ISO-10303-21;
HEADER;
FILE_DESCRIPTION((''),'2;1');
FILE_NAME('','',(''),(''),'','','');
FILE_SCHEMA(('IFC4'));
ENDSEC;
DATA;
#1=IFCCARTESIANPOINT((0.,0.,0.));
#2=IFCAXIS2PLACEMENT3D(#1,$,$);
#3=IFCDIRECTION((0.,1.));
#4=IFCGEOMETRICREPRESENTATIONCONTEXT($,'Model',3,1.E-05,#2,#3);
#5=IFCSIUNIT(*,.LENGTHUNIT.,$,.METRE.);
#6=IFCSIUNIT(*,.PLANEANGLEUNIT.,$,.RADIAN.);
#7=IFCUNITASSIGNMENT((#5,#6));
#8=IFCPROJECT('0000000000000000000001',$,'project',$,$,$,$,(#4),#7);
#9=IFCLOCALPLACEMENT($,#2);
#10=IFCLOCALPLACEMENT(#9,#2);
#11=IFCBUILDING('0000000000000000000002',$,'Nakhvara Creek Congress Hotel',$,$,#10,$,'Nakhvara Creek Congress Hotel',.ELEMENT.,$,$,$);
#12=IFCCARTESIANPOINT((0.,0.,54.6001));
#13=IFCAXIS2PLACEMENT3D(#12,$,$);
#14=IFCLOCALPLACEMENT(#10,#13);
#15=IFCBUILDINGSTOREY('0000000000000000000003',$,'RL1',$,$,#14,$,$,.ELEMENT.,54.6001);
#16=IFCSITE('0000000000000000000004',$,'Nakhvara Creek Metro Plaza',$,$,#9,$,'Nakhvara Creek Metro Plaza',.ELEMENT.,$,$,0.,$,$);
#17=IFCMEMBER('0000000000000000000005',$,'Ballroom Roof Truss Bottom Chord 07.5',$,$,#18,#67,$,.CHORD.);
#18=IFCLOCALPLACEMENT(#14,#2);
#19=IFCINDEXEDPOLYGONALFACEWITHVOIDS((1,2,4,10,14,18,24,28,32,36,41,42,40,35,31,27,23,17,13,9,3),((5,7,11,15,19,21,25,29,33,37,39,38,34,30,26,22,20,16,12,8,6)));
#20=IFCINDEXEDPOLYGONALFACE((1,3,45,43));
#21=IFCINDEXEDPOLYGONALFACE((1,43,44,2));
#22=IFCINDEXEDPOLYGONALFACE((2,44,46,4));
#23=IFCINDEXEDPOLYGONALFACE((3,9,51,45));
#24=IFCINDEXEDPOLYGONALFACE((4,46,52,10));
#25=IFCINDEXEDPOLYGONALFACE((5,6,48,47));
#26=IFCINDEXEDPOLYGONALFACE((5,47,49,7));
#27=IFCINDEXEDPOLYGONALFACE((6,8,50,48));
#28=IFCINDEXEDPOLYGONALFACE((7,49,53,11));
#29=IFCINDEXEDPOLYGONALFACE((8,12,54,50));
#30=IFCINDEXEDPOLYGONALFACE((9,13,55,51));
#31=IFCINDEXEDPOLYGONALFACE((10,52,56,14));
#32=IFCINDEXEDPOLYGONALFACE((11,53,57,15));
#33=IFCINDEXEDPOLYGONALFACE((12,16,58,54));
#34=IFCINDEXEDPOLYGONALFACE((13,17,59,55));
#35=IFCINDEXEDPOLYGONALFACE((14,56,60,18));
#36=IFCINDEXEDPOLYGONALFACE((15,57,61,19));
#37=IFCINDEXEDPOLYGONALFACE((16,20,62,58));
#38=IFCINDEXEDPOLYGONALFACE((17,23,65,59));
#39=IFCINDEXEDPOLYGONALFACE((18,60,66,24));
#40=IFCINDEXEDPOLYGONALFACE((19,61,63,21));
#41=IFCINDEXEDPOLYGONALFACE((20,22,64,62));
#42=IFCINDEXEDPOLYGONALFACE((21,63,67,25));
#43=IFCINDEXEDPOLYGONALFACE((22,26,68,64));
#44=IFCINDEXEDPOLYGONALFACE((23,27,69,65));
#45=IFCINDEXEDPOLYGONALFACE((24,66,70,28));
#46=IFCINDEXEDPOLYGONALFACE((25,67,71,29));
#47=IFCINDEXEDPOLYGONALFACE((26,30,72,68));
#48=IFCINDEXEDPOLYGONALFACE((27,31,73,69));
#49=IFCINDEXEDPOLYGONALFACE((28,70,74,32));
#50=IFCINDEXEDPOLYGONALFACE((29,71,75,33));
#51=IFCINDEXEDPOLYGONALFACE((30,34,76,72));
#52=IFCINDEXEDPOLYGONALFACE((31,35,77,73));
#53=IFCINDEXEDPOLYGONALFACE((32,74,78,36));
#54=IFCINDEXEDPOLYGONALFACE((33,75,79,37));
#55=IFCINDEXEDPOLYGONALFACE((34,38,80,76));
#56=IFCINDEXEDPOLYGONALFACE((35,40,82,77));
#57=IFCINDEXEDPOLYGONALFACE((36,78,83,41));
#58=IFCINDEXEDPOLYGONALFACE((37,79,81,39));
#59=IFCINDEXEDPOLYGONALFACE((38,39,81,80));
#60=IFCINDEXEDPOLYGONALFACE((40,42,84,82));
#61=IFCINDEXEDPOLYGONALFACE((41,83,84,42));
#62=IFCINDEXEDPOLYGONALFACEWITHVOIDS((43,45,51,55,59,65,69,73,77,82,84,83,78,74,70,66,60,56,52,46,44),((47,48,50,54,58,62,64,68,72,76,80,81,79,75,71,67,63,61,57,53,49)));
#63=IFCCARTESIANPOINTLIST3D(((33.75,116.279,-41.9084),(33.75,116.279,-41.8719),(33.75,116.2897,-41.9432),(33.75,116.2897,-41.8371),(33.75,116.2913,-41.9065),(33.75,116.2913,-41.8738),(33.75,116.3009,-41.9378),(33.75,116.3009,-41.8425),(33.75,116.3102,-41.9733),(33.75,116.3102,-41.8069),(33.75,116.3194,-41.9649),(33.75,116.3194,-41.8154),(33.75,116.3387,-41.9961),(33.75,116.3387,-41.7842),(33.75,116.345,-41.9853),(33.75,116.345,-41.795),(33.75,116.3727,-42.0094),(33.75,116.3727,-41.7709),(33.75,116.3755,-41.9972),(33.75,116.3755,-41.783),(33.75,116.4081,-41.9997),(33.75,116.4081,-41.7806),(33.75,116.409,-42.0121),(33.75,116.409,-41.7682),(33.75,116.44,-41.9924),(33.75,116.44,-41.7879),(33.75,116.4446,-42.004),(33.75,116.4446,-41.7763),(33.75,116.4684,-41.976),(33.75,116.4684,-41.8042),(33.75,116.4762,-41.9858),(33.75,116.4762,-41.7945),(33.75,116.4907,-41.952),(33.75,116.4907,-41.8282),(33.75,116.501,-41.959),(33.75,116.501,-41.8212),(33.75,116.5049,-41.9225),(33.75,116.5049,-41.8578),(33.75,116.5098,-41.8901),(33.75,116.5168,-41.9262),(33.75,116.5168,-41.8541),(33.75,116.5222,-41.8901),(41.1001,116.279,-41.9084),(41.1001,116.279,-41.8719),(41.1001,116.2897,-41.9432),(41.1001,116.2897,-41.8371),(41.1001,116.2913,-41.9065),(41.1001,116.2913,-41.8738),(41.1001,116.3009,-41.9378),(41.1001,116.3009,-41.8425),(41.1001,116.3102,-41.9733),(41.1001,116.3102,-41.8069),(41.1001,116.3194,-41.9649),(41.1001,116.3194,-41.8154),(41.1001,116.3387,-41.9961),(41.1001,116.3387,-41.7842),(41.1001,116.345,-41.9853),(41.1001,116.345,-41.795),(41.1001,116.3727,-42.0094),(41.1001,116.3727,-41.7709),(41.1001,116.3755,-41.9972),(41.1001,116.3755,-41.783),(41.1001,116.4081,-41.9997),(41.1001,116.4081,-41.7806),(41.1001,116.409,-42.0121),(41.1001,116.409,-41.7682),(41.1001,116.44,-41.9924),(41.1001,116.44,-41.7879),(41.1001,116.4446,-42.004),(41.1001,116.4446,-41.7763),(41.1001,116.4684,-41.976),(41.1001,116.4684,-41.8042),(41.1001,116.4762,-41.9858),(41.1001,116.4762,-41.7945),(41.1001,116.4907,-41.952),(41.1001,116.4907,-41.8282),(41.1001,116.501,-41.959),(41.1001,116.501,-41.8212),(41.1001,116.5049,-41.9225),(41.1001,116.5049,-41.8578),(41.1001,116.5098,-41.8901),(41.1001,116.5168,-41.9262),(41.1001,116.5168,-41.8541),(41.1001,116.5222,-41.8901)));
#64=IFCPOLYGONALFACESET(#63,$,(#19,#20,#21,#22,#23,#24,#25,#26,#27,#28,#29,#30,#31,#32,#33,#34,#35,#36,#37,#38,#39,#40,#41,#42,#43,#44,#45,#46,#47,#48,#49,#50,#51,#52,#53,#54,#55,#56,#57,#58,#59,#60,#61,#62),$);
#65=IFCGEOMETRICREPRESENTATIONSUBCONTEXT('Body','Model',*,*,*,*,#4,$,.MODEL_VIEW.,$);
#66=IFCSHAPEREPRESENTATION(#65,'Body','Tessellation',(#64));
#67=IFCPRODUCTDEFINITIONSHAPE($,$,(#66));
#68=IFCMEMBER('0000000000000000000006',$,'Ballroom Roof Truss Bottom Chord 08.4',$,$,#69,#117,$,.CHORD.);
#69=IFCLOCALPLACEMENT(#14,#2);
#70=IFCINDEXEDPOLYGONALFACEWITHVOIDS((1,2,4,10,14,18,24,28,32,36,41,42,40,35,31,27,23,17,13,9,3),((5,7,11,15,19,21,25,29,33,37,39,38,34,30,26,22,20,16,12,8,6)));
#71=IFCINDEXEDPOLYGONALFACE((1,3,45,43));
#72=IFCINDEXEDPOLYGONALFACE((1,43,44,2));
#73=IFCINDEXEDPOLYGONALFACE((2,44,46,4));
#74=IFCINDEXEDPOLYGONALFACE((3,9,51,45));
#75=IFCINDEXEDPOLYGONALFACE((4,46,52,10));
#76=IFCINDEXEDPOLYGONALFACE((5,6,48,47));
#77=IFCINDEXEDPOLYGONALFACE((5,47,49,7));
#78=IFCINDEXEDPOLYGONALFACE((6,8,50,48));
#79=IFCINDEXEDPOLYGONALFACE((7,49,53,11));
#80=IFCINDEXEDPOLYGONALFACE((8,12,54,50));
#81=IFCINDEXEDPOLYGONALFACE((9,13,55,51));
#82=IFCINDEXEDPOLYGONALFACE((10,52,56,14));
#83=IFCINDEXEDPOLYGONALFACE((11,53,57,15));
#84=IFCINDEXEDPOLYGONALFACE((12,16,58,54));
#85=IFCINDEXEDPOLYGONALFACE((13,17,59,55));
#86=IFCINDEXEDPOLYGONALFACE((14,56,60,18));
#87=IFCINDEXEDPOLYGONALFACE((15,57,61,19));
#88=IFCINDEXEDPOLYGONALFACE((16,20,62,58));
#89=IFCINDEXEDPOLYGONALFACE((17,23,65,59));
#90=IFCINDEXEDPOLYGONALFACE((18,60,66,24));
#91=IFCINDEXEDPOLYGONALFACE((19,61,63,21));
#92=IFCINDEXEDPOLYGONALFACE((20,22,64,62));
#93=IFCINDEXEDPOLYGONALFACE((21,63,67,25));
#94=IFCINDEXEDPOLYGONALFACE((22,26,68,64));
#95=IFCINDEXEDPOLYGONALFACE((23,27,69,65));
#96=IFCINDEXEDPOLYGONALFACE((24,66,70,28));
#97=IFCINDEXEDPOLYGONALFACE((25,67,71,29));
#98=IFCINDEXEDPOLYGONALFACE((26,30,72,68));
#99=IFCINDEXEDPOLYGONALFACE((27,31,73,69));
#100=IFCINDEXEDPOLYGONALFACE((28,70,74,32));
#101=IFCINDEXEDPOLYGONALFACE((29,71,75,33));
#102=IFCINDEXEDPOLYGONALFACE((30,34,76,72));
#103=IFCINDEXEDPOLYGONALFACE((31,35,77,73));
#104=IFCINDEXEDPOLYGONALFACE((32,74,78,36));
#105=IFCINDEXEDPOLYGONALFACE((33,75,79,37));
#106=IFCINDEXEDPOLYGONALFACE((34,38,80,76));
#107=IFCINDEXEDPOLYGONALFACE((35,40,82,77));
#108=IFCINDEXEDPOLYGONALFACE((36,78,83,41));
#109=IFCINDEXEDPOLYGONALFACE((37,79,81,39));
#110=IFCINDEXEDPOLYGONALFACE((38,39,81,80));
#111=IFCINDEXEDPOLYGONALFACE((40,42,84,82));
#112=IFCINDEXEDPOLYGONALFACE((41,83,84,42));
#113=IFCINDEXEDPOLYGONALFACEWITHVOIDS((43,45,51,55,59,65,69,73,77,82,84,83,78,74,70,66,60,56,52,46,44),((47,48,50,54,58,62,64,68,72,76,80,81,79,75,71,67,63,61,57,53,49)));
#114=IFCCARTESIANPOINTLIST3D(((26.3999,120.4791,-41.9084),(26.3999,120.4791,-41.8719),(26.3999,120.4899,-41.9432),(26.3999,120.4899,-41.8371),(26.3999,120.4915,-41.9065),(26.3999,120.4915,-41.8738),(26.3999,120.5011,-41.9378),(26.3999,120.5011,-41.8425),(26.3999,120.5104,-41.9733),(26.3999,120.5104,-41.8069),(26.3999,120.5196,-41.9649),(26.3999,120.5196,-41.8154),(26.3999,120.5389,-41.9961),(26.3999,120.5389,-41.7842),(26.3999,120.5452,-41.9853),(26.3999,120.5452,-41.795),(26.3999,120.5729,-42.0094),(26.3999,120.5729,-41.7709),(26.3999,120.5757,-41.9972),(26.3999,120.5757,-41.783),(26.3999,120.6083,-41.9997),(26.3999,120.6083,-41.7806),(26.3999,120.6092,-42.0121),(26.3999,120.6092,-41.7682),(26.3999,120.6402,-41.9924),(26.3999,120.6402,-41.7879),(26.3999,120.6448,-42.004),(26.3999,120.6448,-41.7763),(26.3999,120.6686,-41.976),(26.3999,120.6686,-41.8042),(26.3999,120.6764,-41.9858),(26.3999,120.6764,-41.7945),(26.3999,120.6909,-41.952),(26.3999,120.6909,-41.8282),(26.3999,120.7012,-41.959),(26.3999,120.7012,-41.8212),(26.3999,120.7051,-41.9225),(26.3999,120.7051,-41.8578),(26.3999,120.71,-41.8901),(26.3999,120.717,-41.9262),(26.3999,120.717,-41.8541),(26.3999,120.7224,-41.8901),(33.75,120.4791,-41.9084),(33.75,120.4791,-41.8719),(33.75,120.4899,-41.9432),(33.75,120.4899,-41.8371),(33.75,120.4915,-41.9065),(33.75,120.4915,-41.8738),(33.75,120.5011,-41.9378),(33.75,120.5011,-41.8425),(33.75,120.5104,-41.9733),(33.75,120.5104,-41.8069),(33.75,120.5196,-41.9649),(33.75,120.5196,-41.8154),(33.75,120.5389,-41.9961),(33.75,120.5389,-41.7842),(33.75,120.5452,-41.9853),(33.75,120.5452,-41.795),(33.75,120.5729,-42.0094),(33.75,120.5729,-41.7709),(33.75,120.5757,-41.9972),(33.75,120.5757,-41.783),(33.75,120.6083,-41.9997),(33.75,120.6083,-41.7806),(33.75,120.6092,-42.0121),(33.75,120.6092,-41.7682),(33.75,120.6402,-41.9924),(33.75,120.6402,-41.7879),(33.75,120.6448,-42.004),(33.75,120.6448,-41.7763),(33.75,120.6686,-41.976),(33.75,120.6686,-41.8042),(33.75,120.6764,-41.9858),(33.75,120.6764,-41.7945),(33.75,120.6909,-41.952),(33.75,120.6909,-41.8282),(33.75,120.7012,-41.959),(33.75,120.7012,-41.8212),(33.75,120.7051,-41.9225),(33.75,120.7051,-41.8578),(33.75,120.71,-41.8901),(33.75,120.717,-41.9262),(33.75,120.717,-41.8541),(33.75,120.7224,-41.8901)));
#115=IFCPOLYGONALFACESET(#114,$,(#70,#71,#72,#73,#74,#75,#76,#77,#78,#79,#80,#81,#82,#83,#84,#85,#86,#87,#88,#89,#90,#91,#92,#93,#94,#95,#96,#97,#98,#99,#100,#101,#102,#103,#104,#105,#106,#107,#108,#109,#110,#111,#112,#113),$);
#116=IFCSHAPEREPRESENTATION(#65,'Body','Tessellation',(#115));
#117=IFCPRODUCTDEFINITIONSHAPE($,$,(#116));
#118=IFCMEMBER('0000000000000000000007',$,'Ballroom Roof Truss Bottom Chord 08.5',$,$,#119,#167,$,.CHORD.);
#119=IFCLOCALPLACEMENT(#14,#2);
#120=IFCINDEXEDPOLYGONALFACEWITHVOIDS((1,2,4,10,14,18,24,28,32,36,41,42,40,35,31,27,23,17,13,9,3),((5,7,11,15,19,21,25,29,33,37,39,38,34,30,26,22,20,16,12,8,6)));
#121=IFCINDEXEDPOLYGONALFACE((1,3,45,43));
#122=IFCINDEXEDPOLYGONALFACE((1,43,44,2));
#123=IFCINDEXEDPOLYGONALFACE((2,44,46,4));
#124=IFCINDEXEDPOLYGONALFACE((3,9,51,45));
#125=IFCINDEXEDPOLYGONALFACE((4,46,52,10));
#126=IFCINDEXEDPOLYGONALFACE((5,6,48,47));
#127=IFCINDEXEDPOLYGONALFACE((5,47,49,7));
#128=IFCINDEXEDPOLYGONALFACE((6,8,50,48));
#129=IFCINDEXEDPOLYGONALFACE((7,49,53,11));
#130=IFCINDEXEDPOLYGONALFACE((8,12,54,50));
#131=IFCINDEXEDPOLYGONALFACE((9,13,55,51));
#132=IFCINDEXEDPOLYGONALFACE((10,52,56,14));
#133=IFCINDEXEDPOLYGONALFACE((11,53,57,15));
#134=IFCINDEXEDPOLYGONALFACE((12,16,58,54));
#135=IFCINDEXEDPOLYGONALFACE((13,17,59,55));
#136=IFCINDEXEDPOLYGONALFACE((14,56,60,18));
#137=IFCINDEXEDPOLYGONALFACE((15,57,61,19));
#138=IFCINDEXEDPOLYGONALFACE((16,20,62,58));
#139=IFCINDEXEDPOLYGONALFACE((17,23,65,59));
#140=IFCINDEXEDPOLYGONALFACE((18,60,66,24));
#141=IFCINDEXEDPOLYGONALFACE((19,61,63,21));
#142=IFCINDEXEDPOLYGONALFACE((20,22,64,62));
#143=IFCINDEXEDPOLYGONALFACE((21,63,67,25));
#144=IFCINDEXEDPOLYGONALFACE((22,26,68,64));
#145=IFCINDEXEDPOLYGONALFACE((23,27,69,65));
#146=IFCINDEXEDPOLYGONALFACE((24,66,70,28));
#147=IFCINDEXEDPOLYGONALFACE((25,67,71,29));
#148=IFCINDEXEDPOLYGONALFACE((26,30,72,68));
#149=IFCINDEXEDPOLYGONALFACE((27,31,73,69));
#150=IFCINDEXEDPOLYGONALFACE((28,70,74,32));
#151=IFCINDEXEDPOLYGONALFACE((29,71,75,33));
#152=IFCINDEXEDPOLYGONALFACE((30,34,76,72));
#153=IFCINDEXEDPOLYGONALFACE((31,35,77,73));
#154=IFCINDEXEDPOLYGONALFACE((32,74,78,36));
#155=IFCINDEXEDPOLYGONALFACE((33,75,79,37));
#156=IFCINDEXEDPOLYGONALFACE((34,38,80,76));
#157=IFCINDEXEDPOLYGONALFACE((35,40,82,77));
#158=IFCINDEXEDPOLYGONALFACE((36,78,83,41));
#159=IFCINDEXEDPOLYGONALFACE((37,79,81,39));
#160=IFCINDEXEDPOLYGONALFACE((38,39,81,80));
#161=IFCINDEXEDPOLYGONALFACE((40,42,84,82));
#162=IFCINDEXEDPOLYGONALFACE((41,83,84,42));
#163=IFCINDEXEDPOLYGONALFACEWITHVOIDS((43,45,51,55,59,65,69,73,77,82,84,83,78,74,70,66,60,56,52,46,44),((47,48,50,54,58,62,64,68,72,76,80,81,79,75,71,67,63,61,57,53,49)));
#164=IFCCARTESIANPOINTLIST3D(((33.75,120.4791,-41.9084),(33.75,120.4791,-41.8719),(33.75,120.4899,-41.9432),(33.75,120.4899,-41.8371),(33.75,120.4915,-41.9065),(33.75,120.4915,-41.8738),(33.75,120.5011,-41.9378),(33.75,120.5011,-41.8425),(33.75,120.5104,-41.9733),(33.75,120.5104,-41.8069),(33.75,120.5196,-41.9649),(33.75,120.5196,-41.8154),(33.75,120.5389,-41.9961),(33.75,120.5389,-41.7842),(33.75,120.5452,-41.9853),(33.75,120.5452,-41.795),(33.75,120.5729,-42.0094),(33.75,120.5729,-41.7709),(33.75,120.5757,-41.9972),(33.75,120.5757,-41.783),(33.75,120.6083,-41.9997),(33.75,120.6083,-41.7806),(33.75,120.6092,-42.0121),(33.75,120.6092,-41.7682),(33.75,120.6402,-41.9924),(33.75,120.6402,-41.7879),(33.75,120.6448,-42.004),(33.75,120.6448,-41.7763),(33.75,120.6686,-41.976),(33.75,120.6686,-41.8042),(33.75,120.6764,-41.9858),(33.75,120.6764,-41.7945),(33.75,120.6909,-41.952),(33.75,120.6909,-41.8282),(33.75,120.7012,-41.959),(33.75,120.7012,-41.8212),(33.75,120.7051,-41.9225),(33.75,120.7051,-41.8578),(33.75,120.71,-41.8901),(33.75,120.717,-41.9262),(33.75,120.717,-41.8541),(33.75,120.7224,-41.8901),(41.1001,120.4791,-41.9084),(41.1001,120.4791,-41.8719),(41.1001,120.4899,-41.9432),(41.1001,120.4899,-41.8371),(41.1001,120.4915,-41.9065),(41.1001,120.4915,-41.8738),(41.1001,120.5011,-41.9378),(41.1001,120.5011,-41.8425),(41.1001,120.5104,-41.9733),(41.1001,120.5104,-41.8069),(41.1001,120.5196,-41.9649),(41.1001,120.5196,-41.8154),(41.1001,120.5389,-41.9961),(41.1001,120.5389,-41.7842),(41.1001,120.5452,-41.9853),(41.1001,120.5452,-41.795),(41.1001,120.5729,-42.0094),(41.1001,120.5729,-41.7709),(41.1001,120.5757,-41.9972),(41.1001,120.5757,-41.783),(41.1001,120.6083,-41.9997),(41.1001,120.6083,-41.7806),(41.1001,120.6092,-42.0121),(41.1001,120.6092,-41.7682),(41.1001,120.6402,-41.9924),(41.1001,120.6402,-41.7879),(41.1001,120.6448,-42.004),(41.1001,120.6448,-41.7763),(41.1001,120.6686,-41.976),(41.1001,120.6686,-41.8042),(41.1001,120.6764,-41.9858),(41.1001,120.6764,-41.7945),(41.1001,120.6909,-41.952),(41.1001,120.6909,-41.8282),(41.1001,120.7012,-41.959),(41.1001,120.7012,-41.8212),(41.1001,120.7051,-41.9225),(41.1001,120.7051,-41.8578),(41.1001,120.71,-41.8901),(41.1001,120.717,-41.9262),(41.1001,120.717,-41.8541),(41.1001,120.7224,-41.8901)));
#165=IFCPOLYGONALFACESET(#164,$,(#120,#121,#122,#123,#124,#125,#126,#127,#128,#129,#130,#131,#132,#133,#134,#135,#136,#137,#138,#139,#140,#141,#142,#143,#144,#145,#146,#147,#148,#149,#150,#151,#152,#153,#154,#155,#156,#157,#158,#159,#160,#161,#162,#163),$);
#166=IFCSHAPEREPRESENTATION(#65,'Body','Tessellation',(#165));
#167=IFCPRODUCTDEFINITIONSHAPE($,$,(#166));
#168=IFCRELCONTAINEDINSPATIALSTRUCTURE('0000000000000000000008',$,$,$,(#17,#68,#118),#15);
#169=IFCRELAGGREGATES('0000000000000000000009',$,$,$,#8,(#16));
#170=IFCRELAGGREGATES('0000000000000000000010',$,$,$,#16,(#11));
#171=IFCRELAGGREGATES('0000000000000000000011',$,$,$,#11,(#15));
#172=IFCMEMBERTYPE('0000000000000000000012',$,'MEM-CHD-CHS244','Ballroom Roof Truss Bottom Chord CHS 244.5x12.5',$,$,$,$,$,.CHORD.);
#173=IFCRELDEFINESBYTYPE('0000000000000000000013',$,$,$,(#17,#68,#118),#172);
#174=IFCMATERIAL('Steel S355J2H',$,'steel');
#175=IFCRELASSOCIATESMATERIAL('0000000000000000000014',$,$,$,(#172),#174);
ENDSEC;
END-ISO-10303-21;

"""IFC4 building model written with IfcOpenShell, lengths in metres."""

from ifc_helpers import new_model, si_unit, direction, frame, origin, origin_2d, place, context, subcontext, project, spatial, hollow_circle, extrude, material, material_profile, profile_set, type_object, element, save


model = new_model("IFC4")

# Units and contexts
model_context = context("Model", 3, precision=1e-05, world=origin(), true_north=direction((0.0, 1.0)))
body_context = subcontext(model_context, "Body", "Model", "MODEL_VIEW")
ifc_project = project(units=[si_unit("LENGTHUNIT", "METRE"), si_unit("PLANEANGLEUNIT", "RADIAN")], contexts=[model_context])

# Site, building, storey
site_placement = place(None, origin())
site = spatial("IfcSite", under=ifc_project, at=site_placement, Name="Nakhvara Creek Metro Plaza", LongName="Nakhvara Creek Metro Plaza", CompositionType="ELEMENT", RefElevation=0.0)
building_placement = place(site_placement, origin())
building = spatial("IfcBuilding", under=site, at=building_placement, Name="Nakhvara Creek Congress Hotel", LongName="Nakhvara Creek Congress Hotel", CompositionType="ELEMENT")
storey_placement = place(building_placement, frame((0.0, 0.0, 54.6001)))
storey = spatial("IfcBuildingStorey", under=building, at=storey_placement, Name="RL1", CompositionType="ELEMENT", Elevation=54.6001)

# Members
ifc_material_1 = material(Name="Steel S355J2H", Category="steel")
ifc_material_profile_1 = material_profile(ifc_material_1, hollow_circle(Radius=0.1223, WallThickness=0.0125, at=origin_2d()), Name="CHS 244.5x12.5", Category="LoadBearing")
ifc_profile_set_1 = profile_set([ifc_material_profile_1], Name="Steel S355J2H")
member_type_1 = type_object("IfcMemberType", Name="MEM-CHD-CHS244", Description="Ballroom Roof Truss Bottom Chord CHS 244.5x12.5", PredefinedType="CHORD", material=ifc_profile_set_1)
for number, where, z_axis, x_axis, name in (
    (1, (33.75, 116.3999, -41.8901), (1.0, 0.0, 0.0), (0.0, 1.0, 0.0), "Ballroom Roof Truss Bottom Chord 07.5"),
    (2, (26.3999, 120.6001, -41.8901), (1.0, 0.0, 0.0), (0.0, 1.0, 0.0), "Ballroom Roof Truss Bottom Chord 08.4"),
    (3, (33.75, 120.6001, -41.8901), (1.0, 0.0, 0.0), (0.0, 1.0, 0.0), "Ballroom Roof Truss Bottom Chord 08.5"),
):
    element("IfcMember", number, at=place(storey_placement, frame(where, z_axis=z_axis, x_axis=x_axis)), inside=storey, type_object=member_type_1, Name=name, PredefinedType="CHORD", context=body_context, shape_type="SweptSolid", body=[
        extrude(hollow_circle(Radius=0.1223, WallThickness=0.0125, at=origin_2d()), origin(), (0.0, 0.0, 1.0), 7.3501),
    ])

save(model, "model.ifc")
